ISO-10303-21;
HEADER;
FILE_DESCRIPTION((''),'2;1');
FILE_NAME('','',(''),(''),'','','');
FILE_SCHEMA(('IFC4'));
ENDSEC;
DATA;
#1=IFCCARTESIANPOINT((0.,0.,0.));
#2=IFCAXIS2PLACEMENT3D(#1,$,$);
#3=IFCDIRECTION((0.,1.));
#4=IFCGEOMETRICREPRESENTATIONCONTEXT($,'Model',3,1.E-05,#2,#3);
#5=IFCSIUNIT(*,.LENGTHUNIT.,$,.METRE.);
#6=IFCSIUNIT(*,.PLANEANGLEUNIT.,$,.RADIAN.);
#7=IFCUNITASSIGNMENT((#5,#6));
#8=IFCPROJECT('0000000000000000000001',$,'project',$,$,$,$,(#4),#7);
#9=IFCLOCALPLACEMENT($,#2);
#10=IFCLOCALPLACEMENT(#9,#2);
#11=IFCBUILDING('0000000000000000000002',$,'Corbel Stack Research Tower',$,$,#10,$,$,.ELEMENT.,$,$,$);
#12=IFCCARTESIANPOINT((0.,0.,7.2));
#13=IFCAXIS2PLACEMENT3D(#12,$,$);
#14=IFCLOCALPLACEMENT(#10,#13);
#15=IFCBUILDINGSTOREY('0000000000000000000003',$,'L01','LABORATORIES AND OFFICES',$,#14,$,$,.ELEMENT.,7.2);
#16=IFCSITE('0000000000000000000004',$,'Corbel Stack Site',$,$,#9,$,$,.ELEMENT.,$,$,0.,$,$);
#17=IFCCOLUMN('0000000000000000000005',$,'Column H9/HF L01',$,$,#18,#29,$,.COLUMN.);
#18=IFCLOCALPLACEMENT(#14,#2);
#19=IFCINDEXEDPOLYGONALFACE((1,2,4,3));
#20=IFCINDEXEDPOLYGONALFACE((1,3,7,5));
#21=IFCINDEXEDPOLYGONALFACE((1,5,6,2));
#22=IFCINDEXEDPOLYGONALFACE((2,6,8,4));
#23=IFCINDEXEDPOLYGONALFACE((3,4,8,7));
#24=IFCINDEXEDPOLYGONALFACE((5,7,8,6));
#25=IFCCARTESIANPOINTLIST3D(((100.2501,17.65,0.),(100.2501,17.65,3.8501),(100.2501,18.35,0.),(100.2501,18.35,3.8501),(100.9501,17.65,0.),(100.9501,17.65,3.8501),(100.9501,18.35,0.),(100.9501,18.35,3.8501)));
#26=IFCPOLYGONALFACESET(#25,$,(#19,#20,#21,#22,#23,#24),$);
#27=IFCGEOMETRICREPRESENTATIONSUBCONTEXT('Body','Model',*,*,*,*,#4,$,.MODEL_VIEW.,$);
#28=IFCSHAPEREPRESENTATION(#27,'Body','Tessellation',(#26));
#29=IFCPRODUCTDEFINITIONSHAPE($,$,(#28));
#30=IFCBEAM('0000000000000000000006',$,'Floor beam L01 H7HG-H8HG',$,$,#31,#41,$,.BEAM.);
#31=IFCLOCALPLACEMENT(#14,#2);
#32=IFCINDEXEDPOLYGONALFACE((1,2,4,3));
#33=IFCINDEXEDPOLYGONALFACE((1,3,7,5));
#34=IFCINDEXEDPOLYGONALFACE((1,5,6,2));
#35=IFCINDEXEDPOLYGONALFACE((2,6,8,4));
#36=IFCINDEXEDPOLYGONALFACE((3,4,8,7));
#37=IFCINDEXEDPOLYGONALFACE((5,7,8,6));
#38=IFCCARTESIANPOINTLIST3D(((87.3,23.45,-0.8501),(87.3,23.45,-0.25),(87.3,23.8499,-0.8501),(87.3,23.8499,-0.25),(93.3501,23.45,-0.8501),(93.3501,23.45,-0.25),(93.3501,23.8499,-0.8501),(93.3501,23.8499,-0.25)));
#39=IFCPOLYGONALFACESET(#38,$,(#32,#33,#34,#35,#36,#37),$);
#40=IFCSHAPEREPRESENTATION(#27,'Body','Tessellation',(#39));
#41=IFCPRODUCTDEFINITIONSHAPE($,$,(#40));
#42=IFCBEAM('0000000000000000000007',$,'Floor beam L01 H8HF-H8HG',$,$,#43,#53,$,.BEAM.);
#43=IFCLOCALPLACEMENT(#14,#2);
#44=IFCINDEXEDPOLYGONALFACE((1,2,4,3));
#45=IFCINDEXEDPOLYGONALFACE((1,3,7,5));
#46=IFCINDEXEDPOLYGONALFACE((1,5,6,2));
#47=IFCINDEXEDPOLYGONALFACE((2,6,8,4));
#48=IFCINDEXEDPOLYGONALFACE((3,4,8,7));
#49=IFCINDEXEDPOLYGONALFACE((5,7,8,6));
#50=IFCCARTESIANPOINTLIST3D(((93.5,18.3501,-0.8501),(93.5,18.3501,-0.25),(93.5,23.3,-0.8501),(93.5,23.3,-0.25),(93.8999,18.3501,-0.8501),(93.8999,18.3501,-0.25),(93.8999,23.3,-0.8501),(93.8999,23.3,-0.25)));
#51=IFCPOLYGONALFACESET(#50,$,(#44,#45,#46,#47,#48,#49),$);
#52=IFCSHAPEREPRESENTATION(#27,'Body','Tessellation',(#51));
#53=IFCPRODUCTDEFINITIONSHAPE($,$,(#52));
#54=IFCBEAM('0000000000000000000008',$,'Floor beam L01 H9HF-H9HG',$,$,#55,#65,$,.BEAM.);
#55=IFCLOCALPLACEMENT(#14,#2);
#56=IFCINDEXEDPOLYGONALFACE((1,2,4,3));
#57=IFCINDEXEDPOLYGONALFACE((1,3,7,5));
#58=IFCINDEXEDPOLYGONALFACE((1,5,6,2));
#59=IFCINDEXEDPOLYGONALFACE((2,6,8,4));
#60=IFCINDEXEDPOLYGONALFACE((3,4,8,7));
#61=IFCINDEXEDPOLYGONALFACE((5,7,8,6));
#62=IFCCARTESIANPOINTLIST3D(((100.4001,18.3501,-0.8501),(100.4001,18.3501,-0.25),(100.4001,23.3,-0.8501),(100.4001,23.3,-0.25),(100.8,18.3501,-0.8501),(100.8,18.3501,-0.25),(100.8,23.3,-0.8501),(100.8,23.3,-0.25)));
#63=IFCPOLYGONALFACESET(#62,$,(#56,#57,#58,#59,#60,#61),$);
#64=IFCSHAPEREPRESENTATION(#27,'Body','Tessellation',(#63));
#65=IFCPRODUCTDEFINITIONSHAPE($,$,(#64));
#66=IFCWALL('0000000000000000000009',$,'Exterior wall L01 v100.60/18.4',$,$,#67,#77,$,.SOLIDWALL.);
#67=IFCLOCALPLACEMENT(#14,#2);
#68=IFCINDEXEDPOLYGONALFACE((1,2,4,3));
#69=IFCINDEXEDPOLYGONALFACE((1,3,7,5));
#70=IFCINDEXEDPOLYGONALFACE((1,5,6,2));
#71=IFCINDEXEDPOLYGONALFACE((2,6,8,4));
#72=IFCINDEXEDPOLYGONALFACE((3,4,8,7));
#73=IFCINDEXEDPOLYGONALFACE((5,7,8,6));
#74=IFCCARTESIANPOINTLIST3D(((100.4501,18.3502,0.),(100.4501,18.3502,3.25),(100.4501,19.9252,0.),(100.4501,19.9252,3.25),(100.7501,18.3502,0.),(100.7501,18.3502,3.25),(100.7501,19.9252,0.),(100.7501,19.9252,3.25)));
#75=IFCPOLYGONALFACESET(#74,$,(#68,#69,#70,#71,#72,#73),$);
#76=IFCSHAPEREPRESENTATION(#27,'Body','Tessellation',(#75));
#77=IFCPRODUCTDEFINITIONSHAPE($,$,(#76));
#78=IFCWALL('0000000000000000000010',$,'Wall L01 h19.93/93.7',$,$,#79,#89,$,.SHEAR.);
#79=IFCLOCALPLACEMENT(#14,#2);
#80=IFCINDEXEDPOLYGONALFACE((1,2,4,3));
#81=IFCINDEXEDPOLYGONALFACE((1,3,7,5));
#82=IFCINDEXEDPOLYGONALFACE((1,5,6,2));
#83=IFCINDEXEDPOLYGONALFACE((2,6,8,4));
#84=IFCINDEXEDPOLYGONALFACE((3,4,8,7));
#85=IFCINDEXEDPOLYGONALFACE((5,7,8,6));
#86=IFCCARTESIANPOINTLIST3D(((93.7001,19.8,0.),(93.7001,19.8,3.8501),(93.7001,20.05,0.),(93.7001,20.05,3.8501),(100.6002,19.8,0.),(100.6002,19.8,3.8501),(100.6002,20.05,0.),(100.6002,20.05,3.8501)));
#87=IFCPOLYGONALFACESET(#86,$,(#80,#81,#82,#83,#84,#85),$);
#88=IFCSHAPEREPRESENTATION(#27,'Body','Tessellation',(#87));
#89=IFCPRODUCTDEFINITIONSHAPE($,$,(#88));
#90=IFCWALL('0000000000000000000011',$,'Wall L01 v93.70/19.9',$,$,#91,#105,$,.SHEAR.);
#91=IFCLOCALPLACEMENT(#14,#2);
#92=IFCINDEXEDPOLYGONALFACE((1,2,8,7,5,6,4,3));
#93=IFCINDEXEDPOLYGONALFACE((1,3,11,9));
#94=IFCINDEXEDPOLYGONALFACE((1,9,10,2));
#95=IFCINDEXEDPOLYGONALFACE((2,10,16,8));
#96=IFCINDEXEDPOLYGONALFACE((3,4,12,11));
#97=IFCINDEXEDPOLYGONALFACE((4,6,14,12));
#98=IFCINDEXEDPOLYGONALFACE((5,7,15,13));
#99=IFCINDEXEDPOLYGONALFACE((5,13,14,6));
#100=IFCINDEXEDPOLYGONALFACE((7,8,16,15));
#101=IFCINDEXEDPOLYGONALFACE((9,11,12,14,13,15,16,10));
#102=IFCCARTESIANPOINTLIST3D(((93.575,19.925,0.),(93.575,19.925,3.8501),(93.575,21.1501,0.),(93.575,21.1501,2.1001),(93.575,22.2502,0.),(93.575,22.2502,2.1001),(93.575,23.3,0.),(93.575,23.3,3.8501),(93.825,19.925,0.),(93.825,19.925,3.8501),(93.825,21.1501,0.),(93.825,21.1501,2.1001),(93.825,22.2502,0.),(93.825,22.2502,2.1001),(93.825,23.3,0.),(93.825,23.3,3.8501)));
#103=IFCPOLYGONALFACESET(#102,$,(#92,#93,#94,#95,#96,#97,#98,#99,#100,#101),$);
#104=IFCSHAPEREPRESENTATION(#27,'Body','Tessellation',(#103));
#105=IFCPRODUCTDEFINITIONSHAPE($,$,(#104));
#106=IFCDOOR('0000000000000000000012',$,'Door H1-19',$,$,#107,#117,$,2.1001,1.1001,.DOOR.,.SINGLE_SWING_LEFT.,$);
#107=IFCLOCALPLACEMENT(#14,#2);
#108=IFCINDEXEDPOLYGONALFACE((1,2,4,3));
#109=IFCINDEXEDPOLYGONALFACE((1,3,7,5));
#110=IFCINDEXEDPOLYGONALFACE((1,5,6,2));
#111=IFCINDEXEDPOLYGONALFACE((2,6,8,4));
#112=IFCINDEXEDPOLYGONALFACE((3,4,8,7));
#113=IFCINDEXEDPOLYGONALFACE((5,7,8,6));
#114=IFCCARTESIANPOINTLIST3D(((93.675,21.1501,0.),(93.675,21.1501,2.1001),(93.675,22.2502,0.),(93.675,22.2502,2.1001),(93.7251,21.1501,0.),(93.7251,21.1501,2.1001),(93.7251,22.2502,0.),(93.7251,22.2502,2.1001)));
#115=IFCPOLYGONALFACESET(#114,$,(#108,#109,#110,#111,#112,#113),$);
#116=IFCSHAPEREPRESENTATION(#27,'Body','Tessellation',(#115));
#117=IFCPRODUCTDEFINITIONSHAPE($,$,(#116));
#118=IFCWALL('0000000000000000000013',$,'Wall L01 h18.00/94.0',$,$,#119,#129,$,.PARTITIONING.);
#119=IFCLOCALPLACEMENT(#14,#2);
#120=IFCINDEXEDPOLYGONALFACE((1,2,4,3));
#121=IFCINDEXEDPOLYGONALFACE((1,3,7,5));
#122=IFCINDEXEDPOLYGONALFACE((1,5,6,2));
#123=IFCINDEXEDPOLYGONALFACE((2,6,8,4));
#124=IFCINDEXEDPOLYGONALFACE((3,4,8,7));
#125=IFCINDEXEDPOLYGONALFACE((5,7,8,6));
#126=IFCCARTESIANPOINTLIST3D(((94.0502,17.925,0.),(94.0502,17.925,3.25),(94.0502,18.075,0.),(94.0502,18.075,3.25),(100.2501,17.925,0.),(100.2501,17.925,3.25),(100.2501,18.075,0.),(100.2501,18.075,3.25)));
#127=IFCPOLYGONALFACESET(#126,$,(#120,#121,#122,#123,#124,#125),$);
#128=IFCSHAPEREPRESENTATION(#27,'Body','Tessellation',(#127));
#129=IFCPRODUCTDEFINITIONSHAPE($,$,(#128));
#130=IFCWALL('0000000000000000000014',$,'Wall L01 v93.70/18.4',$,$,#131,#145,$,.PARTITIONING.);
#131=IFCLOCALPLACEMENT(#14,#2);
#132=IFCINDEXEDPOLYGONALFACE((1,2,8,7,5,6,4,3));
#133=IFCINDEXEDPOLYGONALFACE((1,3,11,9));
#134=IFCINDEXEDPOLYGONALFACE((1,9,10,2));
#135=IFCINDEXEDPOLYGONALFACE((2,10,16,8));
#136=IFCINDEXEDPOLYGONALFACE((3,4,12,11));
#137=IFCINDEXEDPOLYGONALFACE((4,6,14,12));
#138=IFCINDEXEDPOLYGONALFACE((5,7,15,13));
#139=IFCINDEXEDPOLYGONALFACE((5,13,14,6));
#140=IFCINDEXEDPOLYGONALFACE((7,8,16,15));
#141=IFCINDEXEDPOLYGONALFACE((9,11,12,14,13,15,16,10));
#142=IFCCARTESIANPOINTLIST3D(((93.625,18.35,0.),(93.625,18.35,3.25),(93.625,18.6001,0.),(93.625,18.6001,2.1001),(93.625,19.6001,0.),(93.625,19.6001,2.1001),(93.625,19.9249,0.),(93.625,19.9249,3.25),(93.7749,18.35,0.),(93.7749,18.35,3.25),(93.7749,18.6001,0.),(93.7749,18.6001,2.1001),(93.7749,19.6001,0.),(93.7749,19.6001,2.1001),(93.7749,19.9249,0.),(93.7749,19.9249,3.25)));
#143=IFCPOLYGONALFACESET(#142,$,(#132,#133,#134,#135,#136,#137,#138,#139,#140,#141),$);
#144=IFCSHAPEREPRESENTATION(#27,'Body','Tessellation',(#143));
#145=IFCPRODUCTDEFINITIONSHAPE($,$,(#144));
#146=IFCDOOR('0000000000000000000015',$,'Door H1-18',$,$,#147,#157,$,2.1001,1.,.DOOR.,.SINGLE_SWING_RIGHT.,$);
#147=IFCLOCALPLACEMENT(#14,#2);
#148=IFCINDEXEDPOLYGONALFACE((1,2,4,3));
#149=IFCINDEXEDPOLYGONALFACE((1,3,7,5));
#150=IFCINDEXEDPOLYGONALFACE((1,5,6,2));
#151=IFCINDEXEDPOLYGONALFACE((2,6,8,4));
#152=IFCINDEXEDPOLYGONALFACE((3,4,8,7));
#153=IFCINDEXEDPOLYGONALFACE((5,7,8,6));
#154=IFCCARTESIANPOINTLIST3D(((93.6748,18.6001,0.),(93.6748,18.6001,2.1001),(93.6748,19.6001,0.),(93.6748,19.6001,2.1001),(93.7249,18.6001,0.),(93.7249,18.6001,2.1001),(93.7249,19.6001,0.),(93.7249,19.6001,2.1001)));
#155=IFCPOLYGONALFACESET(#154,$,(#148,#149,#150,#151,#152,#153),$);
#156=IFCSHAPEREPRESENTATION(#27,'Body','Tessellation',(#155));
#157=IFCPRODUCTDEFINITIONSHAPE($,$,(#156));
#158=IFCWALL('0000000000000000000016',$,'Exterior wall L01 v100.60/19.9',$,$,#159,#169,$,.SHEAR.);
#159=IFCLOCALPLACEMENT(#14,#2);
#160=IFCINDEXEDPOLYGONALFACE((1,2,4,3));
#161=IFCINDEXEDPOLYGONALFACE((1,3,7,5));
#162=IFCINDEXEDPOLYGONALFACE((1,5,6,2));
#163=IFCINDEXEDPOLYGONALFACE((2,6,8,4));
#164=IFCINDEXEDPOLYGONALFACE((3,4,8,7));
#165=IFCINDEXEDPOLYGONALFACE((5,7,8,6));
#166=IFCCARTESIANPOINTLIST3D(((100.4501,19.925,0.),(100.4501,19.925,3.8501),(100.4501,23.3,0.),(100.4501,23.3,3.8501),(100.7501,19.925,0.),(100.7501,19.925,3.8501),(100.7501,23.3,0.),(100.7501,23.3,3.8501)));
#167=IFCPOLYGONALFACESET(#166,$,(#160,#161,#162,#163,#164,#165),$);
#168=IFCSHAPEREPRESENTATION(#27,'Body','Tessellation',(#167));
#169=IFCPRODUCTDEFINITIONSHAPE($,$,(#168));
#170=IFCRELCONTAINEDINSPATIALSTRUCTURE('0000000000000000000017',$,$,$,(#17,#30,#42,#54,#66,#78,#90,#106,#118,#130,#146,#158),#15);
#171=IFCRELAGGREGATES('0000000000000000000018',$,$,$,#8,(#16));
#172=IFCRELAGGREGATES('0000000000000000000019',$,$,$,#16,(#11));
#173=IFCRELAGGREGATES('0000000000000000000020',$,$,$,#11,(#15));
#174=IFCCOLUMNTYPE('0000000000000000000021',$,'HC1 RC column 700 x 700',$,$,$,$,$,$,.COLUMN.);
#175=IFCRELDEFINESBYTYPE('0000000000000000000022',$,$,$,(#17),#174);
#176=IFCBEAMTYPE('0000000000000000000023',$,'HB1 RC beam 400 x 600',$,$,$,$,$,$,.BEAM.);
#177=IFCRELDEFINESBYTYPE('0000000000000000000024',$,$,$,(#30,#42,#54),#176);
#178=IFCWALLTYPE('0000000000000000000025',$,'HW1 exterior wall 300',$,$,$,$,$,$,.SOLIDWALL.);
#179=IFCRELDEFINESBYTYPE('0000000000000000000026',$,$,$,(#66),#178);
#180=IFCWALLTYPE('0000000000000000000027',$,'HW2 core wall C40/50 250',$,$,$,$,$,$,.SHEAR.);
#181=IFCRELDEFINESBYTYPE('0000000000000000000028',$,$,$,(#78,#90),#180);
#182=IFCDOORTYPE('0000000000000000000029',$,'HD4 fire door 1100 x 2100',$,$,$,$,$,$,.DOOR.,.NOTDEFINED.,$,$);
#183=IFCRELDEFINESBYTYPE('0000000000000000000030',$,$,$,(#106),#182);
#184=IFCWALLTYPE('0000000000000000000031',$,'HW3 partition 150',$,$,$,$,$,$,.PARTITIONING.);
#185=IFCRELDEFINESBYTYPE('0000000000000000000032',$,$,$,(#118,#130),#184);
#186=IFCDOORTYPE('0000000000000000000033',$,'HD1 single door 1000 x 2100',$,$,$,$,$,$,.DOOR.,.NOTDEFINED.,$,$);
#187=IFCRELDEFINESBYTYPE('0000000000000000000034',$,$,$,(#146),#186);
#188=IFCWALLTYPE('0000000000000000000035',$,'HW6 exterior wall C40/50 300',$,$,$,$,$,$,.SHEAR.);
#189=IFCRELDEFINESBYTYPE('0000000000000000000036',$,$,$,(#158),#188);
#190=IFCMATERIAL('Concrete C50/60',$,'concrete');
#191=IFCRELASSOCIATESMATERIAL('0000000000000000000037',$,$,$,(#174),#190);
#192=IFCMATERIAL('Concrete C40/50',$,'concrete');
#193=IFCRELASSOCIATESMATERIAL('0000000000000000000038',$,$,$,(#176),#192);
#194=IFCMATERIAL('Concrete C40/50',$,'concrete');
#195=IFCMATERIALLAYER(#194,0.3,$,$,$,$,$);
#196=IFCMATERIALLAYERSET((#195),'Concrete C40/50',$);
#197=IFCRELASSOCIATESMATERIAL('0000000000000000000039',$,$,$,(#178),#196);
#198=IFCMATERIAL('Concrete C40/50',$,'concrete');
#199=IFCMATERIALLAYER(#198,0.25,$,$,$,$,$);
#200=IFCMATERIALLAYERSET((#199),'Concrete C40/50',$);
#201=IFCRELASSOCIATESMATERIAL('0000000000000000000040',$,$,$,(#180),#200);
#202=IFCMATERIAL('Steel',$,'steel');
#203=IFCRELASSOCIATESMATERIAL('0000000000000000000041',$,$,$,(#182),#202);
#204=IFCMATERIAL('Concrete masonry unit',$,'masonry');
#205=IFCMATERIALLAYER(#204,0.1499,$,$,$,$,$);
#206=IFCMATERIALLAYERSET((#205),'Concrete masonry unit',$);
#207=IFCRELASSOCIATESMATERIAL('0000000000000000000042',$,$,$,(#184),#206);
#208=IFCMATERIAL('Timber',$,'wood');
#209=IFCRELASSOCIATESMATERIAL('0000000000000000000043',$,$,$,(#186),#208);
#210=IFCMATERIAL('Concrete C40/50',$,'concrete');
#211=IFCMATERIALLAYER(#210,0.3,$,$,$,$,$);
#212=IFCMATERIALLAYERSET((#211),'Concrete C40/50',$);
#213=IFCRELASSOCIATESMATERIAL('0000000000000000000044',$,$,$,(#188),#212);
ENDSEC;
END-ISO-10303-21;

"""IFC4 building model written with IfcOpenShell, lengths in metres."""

from ifc_helpers import new_model, si_unit, direction, frame, frame_2d, origin, origin_2d, place, context, subcontext, project, spatial, rectangle, extrude, material, layer, layer_set, material_profile, profile_set, type_object, element, fill, save


model = new_model("IFC4")

# Units and contexts
model_context = context("Model", 3, precision=1e-05, world=origin(), true_north=direction((0.0, 1.0)))
body_context = subcontext(model_context, "Body", "Model", "MODEL_VIEW")
ifc_project = project(units=[si_unit("LENGTHUNIT", "METRE"), si_unit("PLANEANGLEUNIT", "RADIAN")], contexts=[model_context])

# Site, building, storey
site_placement = place(None, origin())
site = spatial("IfcSite", under=ifc_project, at=site_placement, Name="Corbel Stack Site", CompositionType="ELEMENT", RefElevation=0.0)
building_placement = place(site_placement, origin())
building = spatial("IfcBuilding", under=site, at=building_placement, Name="Corbel Stack Research Tower", CompositionType="ELEMENT")
storey_placement = place(building_placement, frame((0.0, 0.0, 7.2)))
storey = spatial("IfcBuildingStorey", under=building, at=storey_placement, Name="L01", Description="LABORATORIES AND OFFICES", CompositionType="ELEMENT", Elevation=7.2)

# Column
ifc_material_1 = material(Name="Concrete C50/60", Category="concrete")
ifc_material_profile_1 = material_profile(ifc_material_1, rectangle(XDim=0.7, YDim=0.7, at=origin_2d()), Name="RC 700 x 700")
ifc_profile_set_1 = profile_set([ifc_material_profile_1], Name="Concrete C50/60")
column_type = type_object("IfcColumnType", Name="HC1 RC column 700 x 700", PredefinedType="COLUMN", material=ifc_profile_set_1)
column_placement = place(storey_placement, frame((100.6001, 18.0, 0.0), z_axis=(0.0, 0.0, 1.0), x_axis=(1.0, 0.0, 0.0)))
element("IfcColumn", 1, at=column_placement, inside=storey, type_object=column_type, Name="Column H9/HF L01", PredefinedType="COLUMN", context=body_context, shape_type="SweptSolid", body=[
    extrude(rectangle(XDim=0.7, YDim=0.7, at=origin_2d()), origin(), (0.0, 0.0, 1.0), 3.8501),
])

# Beams
ifc_material_2 = material(Name="Concrete C40/50", Category="concrete")
ifc_material_profile_2 = material_profile(ifc_material_2, rectangle(XDim=0.3999, YDim=0.6001, at=origin_2d()), Name="RC 400 x 600")
ifc_profile_set_2 = profile_set([ifc_material_profile_2], Name="Concrete C40/50")
beam_type = type_object("IfcBeamType", Name="HB1 RC beam 400 x 600", PredefinedType="BEAM", material=ifc_profile_set_2)
beam_placement = place(storey_placement, frame((87.3, 23.6499, -0.55), z_axis=(1.0, 0.0, 0.0), x_axis=(0.0, 1.0, 0.0)))
element("IfcBeam", 2, at=beam_placement, inside=storey, type_object=beam_type, Name="Floor beam L01 H7HG-H8HG", PredefinedType="BEAM", context=body_context, shape_type="SweptSolid", body=[
    extrude(rectangle(XDim=0.3999, YDim=0.6001, at=origin_2d()), origin(), (0.0, 0.0, 1.0), 6.05),
])
for number, where, z_axis, x_axis, name in (
    (3, (93.7, 18.3501, -0.55), (0.0, 1.0, 0.0), (-1.0, 0.0, 0.0), "Floor beam L01 H8HF-H8HG"),
    (4, (100.6001, 18.3501, -0.55), (0.0, 1.0, 0.0), (-1.0, 0.0, 0.0), "Floor beam L01 H9HF-H9HG"),
):
    element("IfcBeam", number, at=place(storey_placement, frame(where, z_axis=z_axis, x_axis=x_axis)), inside=storey, type_object=beam_type, Name=name, PredefinedType="BEAM", context=body_context, shape_type="SweptSolid", body=[
        extrude(rectangle(XDim=0.3999, YDim=0.6001, at=origin_2d()), origin(), (0.0, 0.0, 1.0), 4.95),
    ])

# Walls
ifc_material_3 = material(Name="Concrete C40/50", Category="concrete")
ifc_layer_1 = layer(ifc_material_3, 0.3)
ifc_layer_set_1 = layer_set([ifc_layer_1], Name="Concrete C40/50")
wall_type_1 = type_object("IfcWallType", Name="HW1 exterior wall 300", PredefinedType="SOLIDWALL", material=ifc_layer_set_1)
wall_1_placement = place(storey_placement, frame((100.6001, 18.3501, 0.0), z_axis=(0.0, 0.0, 1.0), x_axis=(0.0, 1.0, 0.0)))
element("IfcWall", 5, at=wall_1_placement, inside=storey, type_object=wall_type_1, Name="Exterior wall L01 v100.60/18.4", PredefinedType="SOLIDWALL", context=body_context, shape_type="SweptSolid", body=[
    extrude(rectangle(XDim=1.575, YDim=0.3, at=frame_2d((0.7876, 0.0))), origin(), (0.0, 0.0, 1.0), 3.25),
])
ifc_material_4 = material(Name="Concrete C40/50", Category="concrete")
ifc_layer_2 = layer(ifc_material_4, 0.25)
ifc_layer_set_2 = layer_set([ifc_layer_2], Name="Concrete C40/50")
wall_type_2 = type_object("IfcWallType", Name="HW2 core wall C40/50 250", PredefinedType="SHEAR", material=ifc_layer_set_2)
wall_2_placement = place(storey_placement, frame((93.7, 19.925, 0.0), z_axis=(0.0, 0.0, 1.0), x_axis=(1.0, 0.0, 0.0)))
element("IfcWall", 6, at=wall_2_placement, inside=storey, type_object=wall_type_2, Name="Wall L01 h19.93/93.7", PredefinedType="SHEAR", context=body_context, shape_type="SweptSolid", body=[
    extrude(rectangle(XDim=6.9001, YDim=0.25, at=frame_2d((3.4502, 0.0))), origin(), (0.0, 0.0, 1.0), 3.8501),
])

# Wall, opening, door
wall_3_placement = place(storey_placement, frame((93.7, 19.925, 0.0), z_axis=(0.0, 0.0, 1.0), x_axis=(0.0, 1.0, 0.0)))
wall_3 = element("IfcWall", 7, at=wall_3_placement, inside=storey, type_object=wall_type_2, Name="Wall L01 v93.70/19.9", PredefinedType="SHEAR", context=body_context, shape_type="SweptSolid", body=[
    extrude(rectangle(XDim=3.375, YDim=0.25, at=frame_2d((1.6875, 0.0))), origin(), (0.0, 0.0, 1.0), 3.8501),
])
opening_1_placement = place(wall_3_placement, frame((1.2251, 0.0, 0.0)))
opening_1 = element("IfcOpeningElement", 8, at=opening_1_placement, cuts=wall_3, PredefinedType="OPENING", context=body_context, shape_type="SweptSolid", body=[
    extrude(rectangle(XDim=1.1001, YDim=2.1001, at=frame_2d((0.55, 1.05))), frame((0.0, 0.135, 0.0), z_axis=(0.0, -1.0, 0.0), x_axis=(1.0, 0.0, 0.0)), (0.0, 0.0, 1.0), 0.27),
])
ifc_material_5 = material(Name="Steel", Category="steel")
door_type_1 = type_object("IfcDoorType", Name="HD4 fire door 1100 x 2100", OperationType="NOTDEFINED", PredefinedType="DOOR", material=ifc_material_5)
door_1_placement = place(opening_1_placement, origin())
door_1 = element("IfcDoor", 9, at=door_1_placement, inside=storey, type_object=door_type_1, Name="Door H1-19", OperationType="SINGLE_SWING_LEFT", OverallHeight=2.1001, OverallWidth=1.1001, PredefinedType="DOOR", context=body_context, shape_type="SweptSolid", body=[
    extrude(rectangle(XDim=1.1001, YDim=2.1001, at=frame_2d((0.55, 1.05))), frame((0.0, 0.0249, 0.0), z_axis=(0.0, -1.0, 0.0), x_axis=(1.0, 0.0, 0.0)), (0.0, 0.0, 1.0), 0.05),
])
fill(opening_1, door_1)

# Wall
ifc_material_6 = material(Name="Concrete masonry unit", Category="masonry")
ifc_layer_3 = layer(ifc_material_6, 0.1499)
ifc_layer_set_3 = layer_set([ifc_layer_3], Name="Concrete masonry unit")
wall_type_3 = type_object("IfcWallType", Name="HW3 partition 150", PredefinedType="PARTITIONING", material=ifc_layer_set_3)
wall_4_placement = place(storey_placement, frame((94.05, 18.0, 0.0), z_axis=(0.0, 0.0, 1.0), x_axis=(1.0, 0.0, 0.0)))
element("IfcWall", 10, at=wall_4_placement, inside=storey, type_object=wall_type_3, Name="Wall L01 h18.00/94.0", PredefinedType="PARTITIONING", context=body_context, shape_type="SweptSolid", body=[
    extrude(rectangle(XDim=6.2, YDim=0.1499, at=frame_2d((3.1001, 0.0))), origin(), (0.0, 0.0, 1.0), 3.25),
])

# Wall, opening, door
wall_5_placement = place(storey_placement, frame((93.7, 19.925, 0.0), z_axis=(0.0, 0.0, 1.0), x_axis=(0.0, -1.0, 0.0)))
wall_5 = element("IfcWall", 11, at=wall_5_placement, inside=storey, type_object=wall_type_3, Name="Wall L01 v93.70/18.4", PredefinedType="PARTITIONING", context=body_context, shape_type="SweptSolid", body=[
    extrude(rectangle(XDim=1.575, YDim=0.1499, at=frame_2d((0.7876, 0.0))), origin(), (0.0, 0.0, 1.0), 3.25),
])
opening_2_placement = place(wall_5_placement, frame((0.325, 0.0, 0.0)))
opening_2 = element("IfcOpeningElement", 12, at=opening_2_placement, cuts=wall_5, PredefinedType="OPENING", context=body_context, shape_type="SweptSolid", body=[
    extrude(rectangle(XDim=1.0, YDim=2.1001, at=frame_2d((0.5, 1.05))), frame((0.0, 0.085, 0.0), z_axis=(0.0, -1.0, 0.0), x_axis=(1.0, 0.0, 0.0)), (0.0, 0.0, 1.0), 0.1699),
])
ifc_material_7 = material(Name="Timber", Category="wood")
door_type_2 = type_object("IfcDoorType", Name="HD1 single door 1000 x 2100", OperationType="NOTDEFINED", PredefinedType="DOOR", material=ifc_material_7)
door_2_placement = place(opening_2_placement, origin())
door_2 = element("IfcDoor", 13, at=door_2_placement, inside=storey, type_object=door_type_2, Name="Door H1-18", OperationType="SINGLE_SWING_RIGHT", OverallHeight=2.1001, OverallWidth=1.0, PredefinedType="DOOR", context=body_context, shape_type="SweptSolid", body=[
    extrude(rectangle(XDim=1.0, YDim=2.1001, at=frame_2d((0.5, 1.05))), frame((0.0, 0.0249, 0.0), z_axis=(0.0, -1.0, 0.0), x_axis=(1.0, 0.0, 0.0)), (0.0, 0.0, 1.0), 0.05),
])
fill(opening_2, door_2)

# Wall
ifc_material_8 = material(Name="Concrete C40/50", Category="concrete")
ifc_layer_4 = layer(ifc_material_8, 0.3)
ifc_layer_set_4 = layer_set([ifc_layer_4], Name="Concrete C40/50")
wall_type_4 = type_object("IfcWallType", Name="HW6 exterior wall C40/50 300", PredefinedType="SHEAR", material=ifc_layer_set_4)
wall_6_placement = place(storey_placement, frame((100.6001, 19.925, 0.0), z_axis=(0.0, 0.0, 1.0), x_axis=(0.0, 1.0, 0.0)))
element("IfcWall", 14, at=wall_6_placement, inside=storey, type_object=wall_type_4, Name="Exterior wall L01 v100.60/19.9", PredefinedType="SHEAR", context=body_context, shape_type="SweptSolid", body=[
    extrude(rectangle(XDim=3.375, YDim=0.3, at=frame_2d((1.6875, 0.0))), origin(), (0.0, 0.0, 1.0), 3.8501),
])

save(model, "model.ifc")
